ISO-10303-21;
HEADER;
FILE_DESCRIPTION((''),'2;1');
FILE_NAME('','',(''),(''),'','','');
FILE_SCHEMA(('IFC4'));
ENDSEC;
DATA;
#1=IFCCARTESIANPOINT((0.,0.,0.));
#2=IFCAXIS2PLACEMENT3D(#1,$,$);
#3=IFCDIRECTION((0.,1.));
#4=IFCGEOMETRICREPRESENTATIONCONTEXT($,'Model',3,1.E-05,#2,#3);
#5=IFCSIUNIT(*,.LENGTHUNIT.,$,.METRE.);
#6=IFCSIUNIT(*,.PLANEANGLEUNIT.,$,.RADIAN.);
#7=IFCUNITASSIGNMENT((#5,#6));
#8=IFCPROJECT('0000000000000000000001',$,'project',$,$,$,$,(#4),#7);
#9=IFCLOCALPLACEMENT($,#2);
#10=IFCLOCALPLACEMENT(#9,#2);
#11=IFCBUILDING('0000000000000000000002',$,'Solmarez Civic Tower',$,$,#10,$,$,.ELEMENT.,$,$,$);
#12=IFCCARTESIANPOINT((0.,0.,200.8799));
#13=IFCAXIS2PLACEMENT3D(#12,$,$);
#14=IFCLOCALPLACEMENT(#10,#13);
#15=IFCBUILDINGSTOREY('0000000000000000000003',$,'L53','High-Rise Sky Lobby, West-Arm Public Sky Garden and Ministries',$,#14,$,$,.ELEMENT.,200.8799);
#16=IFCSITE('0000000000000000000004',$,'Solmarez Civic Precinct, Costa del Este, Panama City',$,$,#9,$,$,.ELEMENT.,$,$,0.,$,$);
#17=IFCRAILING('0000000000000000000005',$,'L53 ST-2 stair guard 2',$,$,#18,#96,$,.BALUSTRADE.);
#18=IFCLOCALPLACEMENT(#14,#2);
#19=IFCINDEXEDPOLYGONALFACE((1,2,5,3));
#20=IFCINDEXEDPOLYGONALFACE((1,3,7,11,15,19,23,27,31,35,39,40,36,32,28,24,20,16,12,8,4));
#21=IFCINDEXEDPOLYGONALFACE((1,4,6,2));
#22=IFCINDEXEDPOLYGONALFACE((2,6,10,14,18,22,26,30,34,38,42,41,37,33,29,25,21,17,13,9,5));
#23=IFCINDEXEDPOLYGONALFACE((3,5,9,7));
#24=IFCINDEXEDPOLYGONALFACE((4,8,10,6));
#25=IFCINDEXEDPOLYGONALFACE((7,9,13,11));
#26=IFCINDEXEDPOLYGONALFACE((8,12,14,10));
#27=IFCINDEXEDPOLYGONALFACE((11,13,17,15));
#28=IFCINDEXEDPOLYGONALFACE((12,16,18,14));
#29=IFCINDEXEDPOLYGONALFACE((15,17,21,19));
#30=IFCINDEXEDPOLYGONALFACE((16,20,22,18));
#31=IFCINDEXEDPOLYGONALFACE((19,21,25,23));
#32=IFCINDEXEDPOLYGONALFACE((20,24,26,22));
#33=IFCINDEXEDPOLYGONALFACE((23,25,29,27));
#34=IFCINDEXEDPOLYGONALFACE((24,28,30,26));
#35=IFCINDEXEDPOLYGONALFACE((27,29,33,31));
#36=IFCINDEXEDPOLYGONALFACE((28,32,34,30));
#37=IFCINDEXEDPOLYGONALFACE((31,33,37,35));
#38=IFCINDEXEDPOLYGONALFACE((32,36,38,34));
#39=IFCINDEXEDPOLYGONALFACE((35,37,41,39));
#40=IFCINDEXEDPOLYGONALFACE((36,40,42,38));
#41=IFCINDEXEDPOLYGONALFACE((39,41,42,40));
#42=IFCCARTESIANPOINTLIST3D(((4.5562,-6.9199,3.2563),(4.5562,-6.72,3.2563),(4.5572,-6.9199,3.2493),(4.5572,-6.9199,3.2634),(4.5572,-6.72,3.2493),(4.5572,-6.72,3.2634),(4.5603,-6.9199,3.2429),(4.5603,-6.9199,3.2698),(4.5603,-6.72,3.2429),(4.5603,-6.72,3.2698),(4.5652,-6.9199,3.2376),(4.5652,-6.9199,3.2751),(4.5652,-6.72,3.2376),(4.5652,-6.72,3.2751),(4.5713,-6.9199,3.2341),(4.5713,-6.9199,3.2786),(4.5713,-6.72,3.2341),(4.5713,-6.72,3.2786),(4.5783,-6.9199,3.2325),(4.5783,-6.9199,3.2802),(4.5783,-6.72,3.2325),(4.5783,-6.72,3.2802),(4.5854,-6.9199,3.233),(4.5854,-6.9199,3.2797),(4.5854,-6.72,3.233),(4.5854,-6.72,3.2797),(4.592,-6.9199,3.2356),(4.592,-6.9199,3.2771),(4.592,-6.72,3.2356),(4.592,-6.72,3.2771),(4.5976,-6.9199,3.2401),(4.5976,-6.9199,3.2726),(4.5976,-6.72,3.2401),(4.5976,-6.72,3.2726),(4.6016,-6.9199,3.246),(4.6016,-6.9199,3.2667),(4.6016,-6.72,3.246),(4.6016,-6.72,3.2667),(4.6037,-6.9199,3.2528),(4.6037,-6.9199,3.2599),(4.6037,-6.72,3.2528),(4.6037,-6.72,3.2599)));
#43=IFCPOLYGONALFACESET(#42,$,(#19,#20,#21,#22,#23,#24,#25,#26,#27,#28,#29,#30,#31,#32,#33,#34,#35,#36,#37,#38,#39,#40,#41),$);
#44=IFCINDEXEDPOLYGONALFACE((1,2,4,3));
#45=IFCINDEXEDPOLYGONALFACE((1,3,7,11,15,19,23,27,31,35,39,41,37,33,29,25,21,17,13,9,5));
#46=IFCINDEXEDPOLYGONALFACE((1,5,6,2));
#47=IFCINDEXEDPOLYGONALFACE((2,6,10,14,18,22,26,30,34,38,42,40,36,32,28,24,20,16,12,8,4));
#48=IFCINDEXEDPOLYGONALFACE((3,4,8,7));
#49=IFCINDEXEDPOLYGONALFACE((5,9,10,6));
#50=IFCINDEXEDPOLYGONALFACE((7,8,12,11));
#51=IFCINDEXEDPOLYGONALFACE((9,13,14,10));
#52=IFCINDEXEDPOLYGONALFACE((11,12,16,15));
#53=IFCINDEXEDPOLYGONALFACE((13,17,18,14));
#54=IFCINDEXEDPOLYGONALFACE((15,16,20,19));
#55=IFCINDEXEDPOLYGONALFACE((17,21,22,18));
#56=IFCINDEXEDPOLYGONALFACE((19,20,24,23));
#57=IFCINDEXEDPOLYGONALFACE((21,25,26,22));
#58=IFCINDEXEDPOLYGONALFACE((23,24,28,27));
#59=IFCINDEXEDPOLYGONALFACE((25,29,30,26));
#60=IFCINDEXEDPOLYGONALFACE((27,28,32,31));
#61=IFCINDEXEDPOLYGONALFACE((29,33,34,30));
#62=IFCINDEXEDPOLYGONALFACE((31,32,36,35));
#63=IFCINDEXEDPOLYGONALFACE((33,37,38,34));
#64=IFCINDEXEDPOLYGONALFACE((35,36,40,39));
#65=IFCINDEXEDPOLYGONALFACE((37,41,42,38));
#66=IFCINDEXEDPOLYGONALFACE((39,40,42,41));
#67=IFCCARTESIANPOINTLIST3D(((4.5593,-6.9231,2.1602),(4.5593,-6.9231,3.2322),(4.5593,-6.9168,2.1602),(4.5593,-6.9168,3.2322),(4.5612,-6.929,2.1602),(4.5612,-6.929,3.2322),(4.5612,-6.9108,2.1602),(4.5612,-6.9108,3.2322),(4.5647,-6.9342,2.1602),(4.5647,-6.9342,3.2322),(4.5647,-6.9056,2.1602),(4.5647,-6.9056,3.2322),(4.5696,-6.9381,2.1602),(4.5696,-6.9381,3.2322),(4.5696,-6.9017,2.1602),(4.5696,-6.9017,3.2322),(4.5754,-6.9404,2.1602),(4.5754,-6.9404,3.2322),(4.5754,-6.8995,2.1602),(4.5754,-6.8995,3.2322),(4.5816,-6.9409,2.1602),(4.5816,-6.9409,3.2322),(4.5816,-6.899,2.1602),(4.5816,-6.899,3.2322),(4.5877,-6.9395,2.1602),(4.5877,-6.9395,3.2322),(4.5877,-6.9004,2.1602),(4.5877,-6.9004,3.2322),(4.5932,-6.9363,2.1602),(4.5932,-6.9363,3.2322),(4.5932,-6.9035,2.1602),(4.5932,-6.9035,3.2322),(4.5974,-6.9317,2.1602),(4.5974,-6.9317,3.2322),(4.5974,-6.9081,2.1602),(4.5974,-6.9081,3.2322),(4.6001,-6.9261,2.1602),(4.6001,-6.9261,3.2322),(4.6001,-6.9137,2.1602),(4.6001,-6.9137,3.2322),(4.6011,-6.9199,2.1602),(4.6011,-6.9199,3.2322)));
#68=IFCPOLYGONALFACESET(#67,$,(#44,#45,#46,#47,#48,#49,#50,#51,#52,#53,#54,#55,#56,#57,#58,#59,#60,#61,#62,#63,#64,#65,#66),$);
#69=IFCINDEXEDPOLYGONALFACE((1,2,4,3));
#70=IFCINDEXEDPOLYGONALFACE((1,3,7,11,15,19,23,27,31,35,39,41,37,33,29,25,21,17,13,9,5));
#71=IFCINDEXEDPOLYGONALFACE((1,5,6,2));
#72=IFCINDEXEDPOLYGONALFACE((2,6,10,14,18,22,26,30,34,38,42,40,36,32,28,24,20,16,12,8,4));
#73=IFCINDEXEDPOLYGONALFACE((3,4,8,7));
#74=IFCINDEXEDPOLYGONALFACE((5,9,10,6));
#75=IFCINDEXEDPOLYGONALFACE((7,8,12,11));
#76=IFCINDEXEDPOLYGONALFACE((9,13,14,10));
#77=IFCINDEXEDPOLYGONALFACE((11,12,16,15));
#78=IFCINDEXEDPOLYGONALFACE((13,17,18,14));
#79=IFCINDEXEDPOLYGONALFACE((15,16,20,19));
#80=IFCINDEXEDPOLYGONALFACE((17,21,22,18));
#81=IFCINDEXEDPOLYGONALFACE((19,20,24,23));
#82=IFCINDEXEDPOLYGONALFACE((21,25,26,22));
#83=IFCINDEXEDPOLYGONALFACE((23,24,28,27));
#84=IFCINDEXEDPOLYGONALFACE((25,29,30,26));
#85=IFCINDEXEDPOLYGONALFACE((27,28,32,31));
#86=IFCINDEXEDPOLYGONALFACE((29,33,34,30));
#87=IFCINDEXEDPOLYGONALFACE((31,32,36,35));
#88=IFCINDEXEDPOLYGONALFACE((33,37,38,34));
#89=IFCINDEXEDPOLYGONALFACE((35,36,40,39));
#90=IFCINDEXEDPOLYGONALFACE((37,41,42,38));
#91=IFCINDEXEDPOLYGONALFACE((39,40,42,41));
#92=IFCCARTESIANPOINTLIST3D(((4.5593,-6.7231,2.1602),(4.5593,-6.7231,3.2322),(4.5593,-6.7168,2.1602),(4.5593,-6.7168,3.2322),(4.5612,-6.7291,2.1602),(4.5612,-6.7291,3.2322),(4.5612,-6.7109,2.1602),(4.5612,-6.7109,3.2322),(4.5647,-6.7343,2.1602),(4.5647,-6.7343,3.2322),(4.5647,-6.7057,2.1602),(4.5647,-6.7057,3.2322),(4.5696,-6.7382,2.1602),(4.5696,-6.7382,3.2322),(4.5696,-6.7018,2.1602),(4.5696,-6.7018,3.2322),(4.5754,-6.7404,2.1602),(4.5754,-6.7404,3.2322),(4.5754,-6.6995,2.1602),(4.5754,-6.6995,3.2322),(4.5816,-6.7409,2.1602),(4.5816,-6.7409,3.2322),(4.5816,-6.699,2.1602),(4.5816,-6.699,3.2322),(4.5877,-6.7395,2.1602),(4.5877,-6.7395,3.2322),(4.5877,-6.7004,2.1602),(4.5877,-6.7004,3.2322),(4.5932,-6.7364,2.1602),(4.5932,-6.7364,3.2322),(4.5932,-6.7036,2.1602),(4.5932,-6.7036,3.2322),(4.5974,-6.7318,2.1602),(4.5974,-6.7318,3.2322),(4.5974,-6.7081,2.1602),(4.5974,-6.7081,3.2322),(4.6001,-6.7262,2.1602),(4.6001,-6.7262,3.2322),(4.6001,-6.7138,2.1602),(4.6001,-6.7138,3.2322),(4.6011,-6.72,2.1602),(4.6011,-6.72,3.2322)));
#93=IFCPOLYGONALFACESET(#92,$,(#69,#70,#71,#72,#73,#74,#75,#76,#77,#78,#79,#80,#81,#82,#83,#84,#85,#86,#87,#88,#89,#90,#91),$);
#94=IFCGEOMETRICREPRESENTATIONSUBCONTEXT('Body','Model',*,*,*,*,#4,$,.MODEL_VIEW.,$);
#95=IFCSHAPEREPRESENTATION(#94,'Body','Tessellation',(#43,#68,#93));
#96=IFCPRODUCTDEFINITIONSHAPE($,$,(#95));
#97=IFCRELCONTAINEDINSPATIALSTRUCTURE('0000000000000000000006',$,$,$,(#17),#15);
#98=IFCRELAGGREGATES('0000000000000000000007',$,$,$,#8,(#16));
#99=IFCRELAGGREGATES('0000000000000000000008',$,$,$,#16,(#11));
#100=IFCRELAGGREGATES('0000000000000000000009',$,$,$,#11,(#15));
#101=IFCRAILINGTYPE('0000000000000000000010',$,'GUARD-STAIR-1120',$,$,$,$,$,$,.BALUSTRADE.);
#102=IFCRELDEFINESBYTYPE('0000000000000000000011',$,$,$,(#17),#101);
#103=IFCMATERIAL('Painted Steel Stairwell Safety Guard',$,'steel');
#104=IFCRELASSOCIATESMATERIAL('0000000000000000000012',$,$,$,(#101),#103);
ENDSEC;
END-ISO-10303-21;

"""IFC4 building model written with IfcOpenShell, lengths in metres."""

from ifc_helpers import new_model, si_unit, direction, frame, origin, origin_2d, place, context, subcontext, project, spatial, circle, extrude, material, type_object, element, save


model = new_model("IFC4")

# Units and contexts
model_context = context("Model", 3, precision=1e-05, world=origin(), true_north=direction((0.0, 1.0)))
body_context = subcontext(model_context, "Body", "Model", "MODEL_VIEW")
ifc_project = project(units=[si_unit("LENGTHUNIT", "METRE"), si_unit("PLANEANGLEUNIT", "RADIAN")], contexts=[model_context])

# Site, building, storey
site_placement = place(None, origin())
site = spatial("IfcSite", under=ifc_project, at=site_placement, Name="Solmarez Civic Precinct, Costa del Este, Panama City", CompositionType="ELEMENT", RefElevation=0.0)
building_placement = place(site_placement, origin())
building = spatial("IfcBuilding", under=site, at=building_placement, Name="Solmarez Civic Tower", CompositionType="ELEMENT")
storey_placement = place(building_placement, frame((0.0, 0.0, 200.8799)))
storey = spatial("IfcBuildingStorey", under=building, at=storey_placement, Name="L53", Description="High-Rise Sky Lobby, West-Arm Public Sky Garden and Ministries", CompositionType="ELEMENT", Elevation=200.8799)

# Railing
ifc_material_1 = material(Name="Painted Steel Stairwell Safety Guard", Category="steel")
railing_type_1 = type_object("IfcRailingType", Name="GUARD-STAIR-1120", PredefinedType="BALUSTRADE", material=ifc_material_1)
railing_1_placement = place(storey_placement, frame((4.5801, -6.9199, 2.1602)))
element("IfcRailing", 1, at=railing_1_placement, inside=storey, type_object=railing_type_1, Name="L53 ST-2 stair guard 2", PredefinedType="BALUSTRADE", context=body_context, shape_type="SweptSolid", body=[
    extrude(circle(Radius=0.0239, at=origin_2d()), frame((0.0, 0.0, 1.0962), z_axis=(0.0, 1.0, 0.0), x_axis=(-1.0, 0.0, 0.0)), (0.0, 0.0, 1.0), 0.2),
    extrude(circle(Radius=0.021, at=origin_2d()), origin(), (0.0, 0.0, 1.0), 1.072),
    extrude(circle(Radius=0.021, at=origin_2d()), frame((0.0, 0.2, 0.0)), (0.0, 0.0, 1.0), 1.072),
])

save(model, "model.ifc")
